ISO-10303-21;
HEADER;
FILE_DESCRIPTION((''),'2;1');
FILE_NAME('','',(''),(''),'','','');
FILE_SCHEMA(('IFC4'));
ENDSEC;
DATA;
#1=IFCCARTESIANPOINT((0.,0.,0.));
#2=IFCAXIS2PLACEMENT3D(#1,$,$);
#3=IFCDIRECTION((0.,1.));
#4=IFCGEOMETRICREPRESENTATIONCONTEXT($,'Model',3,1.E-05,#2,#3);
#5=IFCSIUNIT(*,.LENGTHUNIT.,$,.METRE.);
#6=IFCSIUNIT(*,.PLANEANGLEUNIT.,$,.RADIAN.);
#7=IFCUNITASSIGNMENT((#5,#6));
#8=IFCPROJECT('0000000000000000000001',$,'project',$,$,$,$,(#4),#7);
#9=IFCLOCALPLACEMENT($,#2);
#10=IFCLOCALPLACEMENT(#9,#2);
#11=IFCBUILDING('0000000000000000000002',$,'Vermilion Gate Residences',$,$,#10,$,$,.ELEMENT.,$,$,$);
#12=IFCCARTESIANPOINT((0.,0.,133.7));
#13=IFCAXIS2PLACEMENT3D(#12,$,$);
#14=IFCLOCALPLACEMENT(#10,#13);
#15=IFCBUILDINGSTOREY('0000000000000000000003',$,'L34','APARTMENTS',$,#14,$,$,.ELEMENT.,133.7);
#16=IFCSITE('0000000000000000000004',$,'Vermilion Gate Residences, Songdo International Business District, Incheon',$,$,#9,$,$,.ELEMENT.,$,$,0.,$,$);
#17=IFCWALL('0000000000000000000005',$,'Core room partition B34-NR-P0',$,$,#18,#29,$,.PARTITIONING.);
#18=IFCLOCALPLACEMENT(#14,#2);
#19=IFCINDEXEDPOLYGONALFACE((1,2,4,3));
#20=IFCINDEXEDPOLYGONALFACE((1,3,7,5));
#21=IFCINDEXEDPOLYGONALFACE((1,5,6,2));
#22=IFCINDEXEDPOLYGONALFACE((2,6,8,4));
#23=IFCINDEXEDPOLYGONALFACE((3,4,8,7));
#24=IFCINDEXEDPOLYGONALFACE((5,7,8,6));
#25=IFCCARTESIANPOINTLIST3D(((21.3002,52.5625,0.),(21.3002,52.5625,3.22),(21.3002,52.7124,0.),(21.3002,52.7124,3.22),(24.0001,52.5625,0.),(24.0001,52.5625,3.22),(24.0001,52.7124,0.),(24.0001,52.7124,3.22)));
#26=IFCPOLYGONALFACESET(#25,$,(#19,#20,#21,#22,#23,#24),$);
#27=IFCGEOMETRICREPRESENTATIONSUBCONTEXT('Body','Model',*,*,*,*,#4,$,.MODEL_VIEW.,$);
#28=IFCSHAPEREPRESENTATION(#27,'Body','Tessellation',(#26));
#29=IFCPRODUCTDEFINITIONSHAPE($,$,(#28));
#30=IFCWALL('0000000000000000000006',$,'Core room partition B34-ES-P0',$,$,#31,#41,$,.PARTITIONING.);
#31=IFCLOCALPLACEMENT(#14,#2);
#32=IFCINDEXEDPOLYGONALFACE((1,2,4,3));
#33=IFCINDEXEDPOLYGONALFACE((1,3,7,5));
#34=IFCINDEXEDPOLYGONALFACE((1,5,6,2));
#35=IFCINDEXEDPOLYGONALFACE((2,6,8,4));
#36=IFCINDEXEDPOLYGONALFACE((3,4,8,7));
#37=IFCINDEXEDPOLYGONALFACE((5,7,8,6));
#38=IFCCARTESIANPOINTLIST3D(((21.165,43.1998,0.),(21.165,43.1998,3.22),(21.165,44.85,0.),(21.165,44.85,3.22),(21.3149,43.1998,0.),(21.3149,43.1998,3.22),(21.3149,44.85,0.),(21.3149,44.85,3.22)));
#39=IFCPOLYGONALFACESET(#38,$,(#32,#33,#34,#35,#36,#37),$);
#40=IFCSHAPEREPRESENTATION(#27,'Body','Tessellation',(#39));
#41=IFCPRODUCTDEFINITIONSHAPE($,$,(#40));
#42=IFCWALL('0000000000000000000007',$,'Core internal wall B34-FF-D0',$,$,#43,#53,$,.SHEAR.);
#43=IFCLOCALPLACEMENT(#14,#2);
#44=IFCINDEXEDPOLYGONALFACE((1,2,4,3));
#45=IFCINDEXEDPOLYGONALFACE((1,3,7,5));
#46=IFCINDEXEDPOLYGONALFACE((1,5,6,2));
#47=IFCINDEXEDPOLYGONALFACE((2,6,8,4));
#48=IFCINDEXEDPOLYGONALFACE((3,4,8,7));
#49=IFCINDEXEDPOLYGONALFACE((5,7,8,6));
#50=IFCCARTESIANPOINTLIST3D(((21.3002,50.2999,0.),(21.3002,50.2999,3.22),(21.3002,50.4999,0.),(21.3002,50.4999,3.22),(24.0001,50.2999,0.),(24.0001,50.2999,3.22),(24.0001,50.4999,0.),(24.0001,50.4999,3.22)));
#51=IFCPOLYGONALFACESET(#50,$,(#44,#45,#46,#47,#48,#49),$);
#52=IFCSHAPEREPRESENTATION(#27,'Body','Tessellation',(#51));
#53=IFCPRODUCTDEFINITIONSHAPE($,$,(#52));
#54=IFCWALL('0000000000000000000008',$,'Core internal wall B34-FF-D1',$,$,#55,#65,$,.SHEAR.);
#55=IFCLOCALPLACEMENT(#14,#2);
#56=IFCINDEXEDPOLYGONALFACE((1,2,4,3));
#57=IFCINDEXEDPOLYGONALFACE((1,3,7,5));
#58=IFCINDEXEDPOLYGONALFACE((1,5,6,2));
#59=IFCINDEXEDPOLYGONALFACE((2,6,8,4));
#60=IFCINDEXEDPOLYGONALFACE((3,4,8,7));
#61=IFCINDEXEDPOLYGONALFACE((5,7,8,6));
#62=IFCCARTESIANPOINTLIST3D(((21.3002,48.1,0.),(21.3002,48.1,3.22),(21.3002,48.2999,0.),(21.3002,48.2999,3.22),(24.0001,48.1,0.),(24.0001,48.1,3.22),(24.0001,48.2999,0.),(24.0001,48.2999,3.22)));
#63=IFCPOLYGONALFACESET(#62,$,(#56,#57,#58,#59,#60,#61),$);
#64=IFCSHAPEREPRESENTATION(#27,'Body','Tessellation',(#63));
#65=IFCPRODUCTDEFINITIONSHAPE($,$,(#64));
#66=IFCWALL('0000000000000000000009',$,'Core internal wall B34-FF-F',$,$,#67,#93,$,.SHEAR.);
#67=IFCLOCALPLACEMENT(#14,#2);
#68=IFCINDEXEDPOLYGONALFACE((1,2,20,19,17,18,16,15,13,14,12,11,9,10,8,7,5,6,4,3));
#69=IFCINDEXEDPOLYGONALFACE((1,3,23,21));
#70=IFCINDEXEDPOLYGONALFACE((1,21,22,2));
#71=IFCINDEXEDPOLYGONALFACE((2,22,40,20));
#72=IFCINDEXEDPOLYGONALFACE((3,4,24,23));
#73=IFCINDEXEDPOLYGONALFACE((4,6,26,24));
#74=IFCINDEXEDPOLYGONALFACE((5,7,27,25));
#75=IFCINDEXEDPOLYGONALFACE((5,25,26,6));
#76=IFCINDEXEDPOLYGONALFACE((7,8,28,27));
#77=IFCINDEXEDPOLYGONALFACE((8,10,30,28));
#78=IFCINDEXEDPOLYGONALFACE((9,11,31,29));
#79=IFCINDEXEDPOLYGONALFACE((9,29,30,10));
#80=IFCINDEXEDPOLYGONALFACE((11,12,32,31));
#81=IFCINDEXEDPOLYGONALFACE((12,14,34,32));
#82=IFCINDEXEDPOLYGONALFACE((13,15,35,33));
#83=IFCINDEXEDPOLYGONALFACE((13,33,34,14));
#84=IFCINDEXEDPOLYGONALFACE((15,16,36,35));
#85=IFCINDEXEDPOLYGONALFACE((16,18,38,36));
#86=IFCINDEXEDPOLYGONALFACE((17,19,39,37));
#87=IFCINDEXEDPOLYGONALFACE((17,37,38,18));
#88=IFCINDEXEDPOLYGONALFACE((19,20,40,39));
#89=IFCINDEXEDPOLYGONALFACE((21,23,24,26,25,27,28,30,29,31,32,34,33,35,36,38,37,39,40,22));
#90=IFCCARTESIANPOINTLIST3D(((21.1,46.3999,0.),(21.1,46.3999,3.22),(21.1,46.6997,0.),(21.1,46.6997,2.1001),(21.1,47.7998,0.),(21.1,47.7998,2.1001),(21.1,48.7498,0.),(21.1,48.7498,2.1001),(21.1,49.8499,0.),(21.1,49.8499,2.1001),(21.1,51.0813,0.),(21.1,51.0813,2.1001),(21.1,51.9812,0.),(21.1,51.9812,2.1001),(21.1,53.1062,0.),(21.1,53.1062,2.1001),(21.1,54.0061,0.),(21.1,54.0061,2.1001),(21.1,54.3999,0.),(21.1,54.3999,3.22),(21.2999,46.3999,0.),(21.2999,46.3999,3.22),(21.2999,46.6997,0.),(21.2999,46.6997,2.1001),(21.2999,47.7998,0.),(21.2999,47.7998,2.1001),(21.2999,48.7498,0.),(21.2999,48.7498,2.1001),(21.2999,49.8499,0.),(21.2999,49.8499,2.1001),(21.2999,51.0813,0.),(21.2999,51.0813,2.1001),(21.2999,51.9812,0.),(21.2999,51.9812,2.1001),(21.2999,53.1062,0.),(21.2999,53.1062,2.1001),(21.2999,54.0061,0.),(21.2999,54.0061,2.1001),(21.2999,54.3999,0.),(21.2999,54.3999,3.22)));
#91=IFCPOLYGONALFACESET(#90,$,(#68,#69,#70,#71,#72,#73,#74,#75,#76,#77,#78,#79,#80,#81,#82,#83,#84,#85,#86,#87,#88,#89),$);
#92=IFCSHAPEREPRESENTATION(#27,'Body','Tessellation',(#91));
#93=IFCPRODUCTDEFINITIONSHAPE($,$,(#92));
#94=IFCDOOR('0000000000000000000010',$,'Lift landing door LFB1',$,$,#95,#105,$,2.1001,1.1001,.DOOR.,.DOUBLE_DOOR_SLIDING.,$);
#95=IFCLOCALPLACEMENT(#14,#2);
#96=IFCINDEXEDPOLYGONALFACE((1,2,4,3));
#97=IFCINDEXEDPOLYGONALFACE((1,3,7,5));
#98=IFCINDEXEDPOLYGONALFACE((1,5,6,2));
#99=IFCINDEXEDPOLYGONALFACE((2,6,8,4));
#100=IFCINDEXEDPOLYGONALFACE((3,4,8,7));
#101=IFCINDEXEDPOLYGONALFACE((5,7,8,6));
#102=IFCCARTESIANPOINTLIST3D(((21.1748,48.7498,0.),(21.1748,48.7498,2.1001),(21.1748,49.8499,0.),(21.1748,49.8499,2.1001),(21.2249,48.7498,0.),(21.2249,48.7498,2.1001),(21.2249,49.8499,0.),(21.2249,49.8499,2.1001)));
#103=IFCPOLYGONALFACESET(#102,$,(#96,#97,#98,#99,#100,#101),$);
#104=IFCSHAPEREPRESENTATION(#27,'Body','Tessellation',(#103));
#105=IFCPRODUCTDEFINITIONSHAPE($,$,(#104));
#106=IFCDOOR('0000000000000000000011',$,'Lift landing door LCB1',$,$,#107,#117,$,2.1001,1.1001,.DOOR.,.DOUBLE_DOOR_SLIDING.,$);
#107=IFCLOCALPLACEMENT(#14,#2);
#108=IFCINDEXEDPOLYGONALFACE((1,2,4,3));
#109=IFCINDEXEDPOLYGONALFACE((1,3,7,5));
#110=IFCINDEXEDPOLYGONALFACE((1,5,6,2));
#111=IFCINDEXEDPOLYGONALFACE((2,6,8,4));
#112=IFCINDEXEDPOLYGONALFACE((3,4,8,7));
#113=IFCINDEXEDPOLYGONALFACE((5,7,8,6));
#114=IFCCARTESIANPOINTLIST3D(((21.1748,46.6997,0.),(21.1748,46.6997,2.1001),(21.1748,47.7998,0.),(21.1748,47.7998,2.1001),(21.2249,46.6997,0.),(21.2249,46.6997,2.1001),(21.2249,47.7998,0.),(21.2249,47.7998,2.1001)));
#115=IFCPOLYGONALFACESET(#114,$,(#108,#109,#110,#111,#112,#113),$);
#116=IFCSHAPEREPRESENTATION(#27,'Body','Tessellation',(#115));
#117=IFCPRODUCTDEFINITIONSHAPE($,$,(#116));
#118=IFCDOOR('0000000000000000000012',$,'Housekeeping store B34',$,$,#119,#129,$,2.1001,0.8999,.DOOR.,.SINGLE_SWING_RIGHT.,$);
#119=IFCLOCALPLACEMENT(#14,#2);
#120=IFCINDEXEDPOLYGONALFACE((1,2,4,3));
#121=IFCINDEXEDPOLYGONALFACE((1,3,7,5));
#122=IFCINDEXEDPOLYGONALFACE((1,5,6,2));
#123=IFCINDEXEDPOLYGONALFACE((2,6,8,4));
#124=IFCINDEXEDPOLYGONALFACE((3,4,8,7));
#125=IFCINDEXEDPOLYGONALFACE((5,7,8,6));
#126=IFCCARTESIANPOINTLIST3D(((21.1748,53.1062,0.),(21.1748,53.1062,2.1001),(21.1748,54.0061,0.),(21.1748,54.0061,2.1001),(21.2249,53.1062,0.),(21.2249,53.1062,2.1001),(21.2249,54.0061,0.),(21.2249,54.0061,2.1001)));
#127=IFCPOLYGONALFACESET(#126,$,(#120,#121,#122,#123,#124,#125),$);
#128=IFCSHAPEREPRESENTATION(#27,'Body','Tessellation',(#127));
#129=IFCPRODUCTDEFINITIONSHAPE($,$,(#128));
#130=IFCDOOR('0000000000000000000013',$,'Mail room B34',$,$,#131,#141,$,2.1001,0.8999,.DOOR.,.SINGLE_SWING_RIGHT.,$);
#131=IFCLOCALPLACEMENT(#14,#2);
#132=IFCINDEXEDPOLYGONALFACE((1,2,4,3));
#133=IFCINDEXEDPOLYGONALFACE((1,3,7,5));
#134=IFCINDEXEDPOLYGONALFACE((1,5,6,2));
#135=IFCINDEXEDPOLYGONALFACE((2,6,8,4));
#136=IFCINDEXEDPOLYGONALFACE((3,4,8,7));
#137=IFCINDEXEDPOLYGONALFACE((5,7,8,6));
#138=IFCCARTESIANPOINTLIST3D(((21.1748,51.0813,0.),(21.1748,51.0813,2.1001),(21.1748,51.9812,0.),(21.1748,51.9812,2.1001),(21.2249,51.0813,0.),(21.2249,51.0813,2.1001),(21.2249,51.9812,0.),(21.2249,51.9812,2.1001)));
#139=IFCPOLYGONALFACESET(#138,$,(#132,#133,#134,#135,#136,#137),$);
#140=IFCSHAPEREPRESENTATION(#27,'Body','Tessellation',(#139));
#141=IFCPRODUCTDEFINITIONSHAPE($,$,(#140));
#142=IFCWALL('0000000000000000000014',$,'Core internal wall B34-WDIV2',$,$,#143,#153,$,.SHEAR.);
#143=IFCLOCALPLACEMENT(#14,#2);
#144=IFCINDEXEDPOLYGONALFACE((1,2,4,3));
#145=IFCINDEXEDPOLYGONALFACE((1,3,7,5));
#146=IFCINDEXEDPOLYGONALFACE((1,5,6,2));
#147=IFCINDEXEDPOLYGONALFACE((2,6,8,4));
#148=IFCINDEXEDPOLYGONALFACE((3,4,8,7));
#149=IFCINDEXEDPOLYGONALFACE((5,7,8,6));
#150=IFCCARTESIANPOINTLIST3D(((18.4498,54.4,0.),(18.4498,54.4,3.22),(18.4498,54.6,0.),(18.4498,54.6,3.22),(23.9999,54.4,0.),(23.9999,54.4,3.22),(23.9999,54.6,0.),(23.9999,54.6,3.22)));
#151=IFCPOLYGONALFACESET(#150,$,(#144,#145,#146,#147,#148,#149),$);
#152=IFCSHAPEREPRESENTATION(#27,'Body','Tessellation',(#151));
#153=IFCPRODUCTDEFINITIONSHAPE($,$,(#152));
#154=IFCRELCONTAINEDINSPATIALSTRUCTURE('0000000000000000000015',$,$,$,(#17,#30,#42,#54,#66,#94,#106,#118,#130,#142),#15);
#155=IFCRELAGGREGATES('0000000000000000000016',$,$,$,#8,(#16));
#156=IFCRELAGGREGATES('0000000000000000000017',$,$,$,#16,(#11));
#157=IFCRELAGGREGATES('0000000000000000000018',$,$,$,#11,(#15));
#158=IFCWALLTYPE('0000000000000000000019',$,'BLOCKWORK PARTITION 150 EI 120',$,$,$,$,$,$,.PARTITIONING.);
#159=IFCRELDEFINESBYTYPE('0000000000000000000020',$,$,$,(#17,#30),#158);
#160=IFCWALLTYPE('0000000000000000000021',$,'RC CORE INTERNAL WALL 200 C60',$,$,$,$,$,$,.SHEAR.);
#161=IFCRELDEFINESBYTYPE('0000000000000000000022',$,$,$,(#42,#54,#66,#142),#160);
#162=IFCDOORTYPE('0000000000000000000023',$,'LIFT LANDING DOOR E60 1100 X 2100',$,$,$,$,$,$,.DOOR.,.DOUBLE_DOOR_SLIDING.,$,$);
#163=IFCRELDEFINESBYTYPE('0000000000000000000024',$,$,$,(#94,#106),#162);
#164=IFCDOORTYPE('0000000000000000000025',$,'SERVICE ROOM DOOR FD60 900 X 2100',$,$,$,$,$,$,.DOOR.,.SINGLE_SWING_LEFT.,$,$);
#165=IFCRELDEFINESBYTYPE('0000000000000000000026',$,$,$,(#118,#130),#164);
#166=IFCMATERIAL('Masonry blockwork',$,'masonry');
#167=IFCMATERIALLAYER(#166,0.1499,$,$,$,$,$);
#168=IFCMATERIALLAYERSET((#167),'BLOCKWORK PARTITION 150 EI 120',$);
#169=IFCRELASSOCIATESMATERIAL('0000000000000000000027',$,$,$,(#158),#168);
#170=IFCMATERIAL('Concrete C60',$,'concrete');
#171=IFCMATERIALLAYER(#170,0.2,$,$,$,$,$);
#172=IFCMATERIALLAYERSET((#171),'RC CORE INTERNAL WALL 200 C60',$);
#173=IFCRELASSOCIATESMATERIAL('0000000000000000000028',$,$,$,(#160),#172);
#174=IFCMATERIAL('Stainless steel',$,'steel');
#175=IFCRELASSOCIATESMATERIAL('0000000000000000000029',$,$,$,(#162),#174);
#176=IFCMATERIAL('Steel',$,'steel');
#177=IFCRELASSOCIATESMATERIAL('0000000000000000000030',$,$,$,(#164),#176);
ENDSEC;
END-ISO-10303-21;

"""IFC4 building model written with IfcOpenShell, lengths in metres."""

from ifc_helpers import new_model, si_unit, direction, frame, frame_2d, origin, place, context, subcontext, project, spatial, rectangle, extrude, material, layer, layer_set, type_object, element, fill, save


model = new_model("IFC4")

# Units and contexts
model_context = context("Model", 3, precision=1e-05, world=origin(), true_north=direction((0.0, 1.0)))
body_context = subcontext(model_context, "Body", "Model", "MODEL_VIEW")
ifc_project = project(units=[si_unit("LENGTHUNIT", "METRE"), si_unit("PLANEANGLEUNIT", "RADIAN")], contexts=[model_context])

# Site, building, storey
site_placement = place(None, origin())
site = spatial("IfcSite", under=ifc_project, at=site_placement, Name="Vermilion Gate Residences, Songdo International Business District, Incheon", CompositionType="ELEMENT", RefElevation=0.0)
building_placement = place(site_placement, origin())
building = spatial("IfcBuilding", under=site, at=building_placement, Name="Vermilion Gate Residences", CompositionType="ELEMENT")
storey_placement = place(building_placement, frame((0.0, 0.0, 133.7)))
storey = spatial("IfcBuildingStorey", under=building, at=storey_placement, Name="L34", Description="APARTMENTS", CompositionType="ELEMENT", Elevation=133.7)

# Walls
ifc_material_1 = material(Name="Masonry blockwork", Category="masonry")
ifc_layer_1 = layer(ifc_material_1, 0.1499)
ifc_layer_set_1 = layer_set([ifc_layer_1], Name="BLOCKWORK PARTITION 150 EI 120")
wall_type_1 = type_object("IfcWallType", Name="BLOCKWORK PARTITION 150 EI 120", PredefinedType="PARTITIONING", material=ifc_layer_set_1)
wall_1_placement = place(storey_placement, frame((21.3, 52.6375, 0.0), z_axis=(0.0, 0.0, 1.0), x_axis=(1.0, 0.0, 0.0)))
element("IfcWall", 1, at=wall_1_placement, inside=storey, type_object=wall_type_1, Name="Core room partition B34-NR-P0", PredefinedType="PARTITIONING", context=body_context, shape_type="SweptSolid", body=[
    extrude(rectangle(XDim=2.7, YDim=0.1499, at=frame_2d((1.3501, 0.0))), origin(), (0.0, 0.0, 1.0), 3.22),
])
wall_2_placement = place(storey_placement, frame((21.24, 44.8501, 0.0), z_axis=(0.0, 0.0, 1.0), x_axis=(0.0, -1.0, 0.0)))
element("IfcWall", 2, at=wall_2_placement, inside=storey, type_object=wall_type_1, Name="Core room partition B34-ES-P0", PredefinedType="PARTITIONING", context=body_context, shape_type="SweptSolid", body=[
    extrude(rectangle(XDim=1.6501, YDim=0.1499, at=frame_2d((0.8252, 0.0))), origin(), (0.0, 0.0, 1.0), 3.22),
])
ifc_material_2 = material(Name="Concrete C60", Category="concrete")
ifc_layer_2 = layer(ifc_material_2, 0.2)
ifc_layer_set_2 = layer_set([ifc_layer_2], Name="RC CORE INTERNAL WALL 200 C60")
wall_type_2 = type_object("IfcWallType", Name="RC CORE INTERNAL WALL 200 C60", PredefinedType="SHEAR", material=ifc_layer_set_2)
for number, where, z_axis, x_axis, name in (
    (3, (21.3, 50.3999, 0.0), (0.0, 0.0, 1.0), (1.0, 0.0, 0.0), "Core internal wall B34-FF-D0"),
    (4, (21.3, 48.2, 0.0), (0.0, 0.0, 1.0), (1.0, 0.0, 0.0), "Core internal wall B34-FF-D1"),
):
    element("IfcWall", number, at=place(storey_placement, frame(where, z_axis=z_axis, x_axis=x_axis)), inside=storey, type_object=wall_type_2, Name=name, PredefinedType="SHEAR", context=body_context, shape_type="SweptSolid", body=[
        extrude(rectangle(XDim=2.7, YDim=0.2, at=frame_2d((1.3501, 0.0))), origin(), (0.0, 0.0, 1.0), 3.22),
    ])

# Wall, openings, doors
wall_3_placement = place(storey_placement, frame((21.2, 54.3999, 0.0), z_axis=(0.0, 0.0, 1.0), x_axis=(0.0, -1.0, 0.0)))
wall_3 = element("IfcWall", 5, at=wall_3_placement, inside=storey, type_object=wall_type_2, Name="Core internal wall B34-FF-F", PredefinedType="SHEAR", context=body_context, shape_type="SweptSolid", body=[
    extrude(rectangle(XDim=8.0, YDim=0.2, at=frame_2d((4.0, 0.0))), origin(), (0.0, 0.0, 1.0), 3.22),
])
opening_1_placement = place(wall_3_placement, frame((0.3938, 0.0, 0.0)))
opening_1 = element("IfcOpeningElement", 6, at=opening_1_placement, cuts=wall_3, PredefinedType="OPENING", context=body_context, shape_type="SweptSolid", body=[
    extrude(rectangle(XDim=0.8999, YDim=2.1001, at=frame_2d((0.45, 1.05))), frame((0.0, 0.1099, 0.0), z_axis=(0.0, -1.0, 0.0), x_axis=(1.0, 0.0, 0.0)), (0.0, 0.0, 1.0), 0.22),
])
opening_2_placement = place(wall_3_placement, frame((2.4187, 0.0, 0.0)))
opening_2 = element("IfcOpeningElement", 7, at=opening_2_placement, cuts=wall_3, PredefinedType="OPENING", context=body_context, shape_type="SweptSolid", body=[
    extrude(rectangle(XDim=0.8999, YDim=2.1001, at=frame_2d((0.45, 1.05))), frame((0.0, 0.1099, 0.0), z_axis=(0.0, -1.0, 0.0), x_axis=(1.0, 0.0, 0.0)), (0.0, 0.0, 1.0), 0.22),
])
opening_3_placement = place(wall_3_placement, frame((4.55, 0.0, 0.0)))
opening_3 = element("IfcOpeningElement", 8, at=opening_3_placement, cuts=wall_3, PredefinedType="OPENING", context=body_context, shape_type="SweptSolid", body=[
    extrude(rectangle(XDim=1.1001, YDim=2.1001, at=frame_2d((0.55, 1.05))), frame((0.0, 0.1099, 0.0), z_axis=(0.0, -1.0, 0.0), x_axis=(1.0, 0.0, 0.0)), (0.0, 0.0, 1.0), 0.22),
])
opening_4_placement = place(wall_3_placement, frame((6.6001, 0.0, 0.0)))
opening_4 = element("IfcOpeningElement", 9, at=opening_4_placement, cuts=wall_3, PredefinedType="OPENING", context=body_context, shape_type="SweptSolid", body=[
    extrude(rectangle(XDim=1.1001, YDim=2.1001, at=frame_2d((0.55, 1.05))), frame((0.0, 0.1099, 0.0), z_axis=(0.0, -1.0, 0.0), x_axis=(1.0, 0.0, 0.0)), (0.0, 0.0, 1.0), 0.22),
])
ifc_material_3 = material(Name="Stainless steel", Category="steel")
door_type_1 = type_object("IfcDoorType", Name="LIFT LANDING DOOR E60 1100 X 2100", OperationType="DOUBLE_DOOR_SLIDING", PredefinedType="DOOR", material=ifc_material_3)
door_1_placement = place(opening_3_placement, origin())
door_1 = element("IfcDoor", 10, at=door_1_placement, inside=storey, type_object=door_type_1, Name="Lift landing door LFB1", OperationType="DOUBLE_DOOR_SLIDING", OverallHeight=2.1001, OverallWidth=1.1001, PredefinedType="DOOR", context=body_context, shape_type="SweptSolid", body=[
    extrude(rectangle(XDim=1.1001, YDim=2.1001, at=frame_2d((0.55, 1.05))), frame((0.0, 0.0249, 0.0), z_axis=(0.0, -1.0, 0.0), x_axis=(1.0, 0.0, 0.0)), (0.0, 0.0, 1.0), 0.05),
])
fill(opening_3, door_1)
door_2_placement = place(opening_4_placement, origin())
door_2 = element("IfcDoor", 11, at=door_2_placement, inside=storey, type_object=door_type_1, Name="Lift landing door LCB1", OperationType="DOUBLE_DOOR_SLIDING", OverallHeight=2.1001, OverallWidth=1.1001, PredefinedType="DOOR", context=body_context, shape_type="SweptSolid", body=[
    extrude(rectangle(XDim=1.1001, YDim=2.1001, at=frame_2d((0.55, 1.05))), frame((0.0, 0.0249, 0.0), z_axis=(0.0, -1.0, 0.0), x_axis=(1.0, 0.0, 0.0)), (0.0, 0.0, 1.0), 0.05),
])
fill(opening_4, door_2)
ifc_material_4 = material(Name="Steel", Category="steel")
door_type_2 = type_object("IfcDoorType", Name="SERVICE ROOM DOOR FD60 900 X 2100", OperationType="SINGLE_SWING_LEFT", PredefinedType="DOOR", material=ifc_material_4)
door_3_placement = place(opening_1_placement, origin())
door_3 = element("IfcDoor", 12, at=door_3_placement, inside=storey, type_object=door_type_2, Name="Housekeeping store B34", OperationType="SINGLE_SWING_RIGHT", OverallHeight=2.1001, OverallWidth=0.8999, PredefinedType="DOOR", context=body_context, shape_type="SweptSolid", body=[
    extrude(rectangle(XDim=0.8999, YDim=2.1001, at=frame_2d((0.45, 1.05))), frame((0.0, 0.0249, 0.0), z_axis=(0.0, -1.0, 0.0), x_axis=(1.0, 0.0, 0.0)), (0.0, 0.0, 1.0), 0.05),
])
fill(opening_1, door_3)
door_4_placement = place(opening_2_placement, origin())
door_4 = element("IfcDoor", 13, at=door_4_placement, inside=storey, type_object=door_type_2, Name="Mail room B34", OperationType="SINGLE_SWING_RIGHT", OverallHeight=2.1001, OverallWidth=0.8999, PredefinedType="DOOR", context=body_context, shape_type="SweptSolid", body=[
    extrude(rectangle(XDim=0.8999, YDim=2.1001, at=frame_2d((0.45, 1.05))), frame((0.0, 0.0249, 0.0), z_axis=(0.0, -1.0, 0.0), x_axis=(1.0, 0.0, 0.0)), (0.0, 0.0, 1.0), 0.05),
])
fill(opening_2, door_4)

# Wall
wall_4_placement = place(storey_placement, frame((18.45, 54.5, 0.0), z_axis=(0.0, 0.0, 1.0), x_axis=(1.0, 0.0, 0.0)))
element("IfcWall", 14, at=wall_4_placement, inside=storey, type_object=wall_type_2, Name="Core internal wall B34-WDIV2", PredefinedType="SHEAR", context=body_context, shape_type="SweptSolid", body=[
    extrude(rectangle(XDim=5.55, YDim=0.2, at=frame_2d((2.7749, 0.0))), origin(), (0.0, 0.0, 1.0), 3.22),
])

save(model, "model.ifc")
